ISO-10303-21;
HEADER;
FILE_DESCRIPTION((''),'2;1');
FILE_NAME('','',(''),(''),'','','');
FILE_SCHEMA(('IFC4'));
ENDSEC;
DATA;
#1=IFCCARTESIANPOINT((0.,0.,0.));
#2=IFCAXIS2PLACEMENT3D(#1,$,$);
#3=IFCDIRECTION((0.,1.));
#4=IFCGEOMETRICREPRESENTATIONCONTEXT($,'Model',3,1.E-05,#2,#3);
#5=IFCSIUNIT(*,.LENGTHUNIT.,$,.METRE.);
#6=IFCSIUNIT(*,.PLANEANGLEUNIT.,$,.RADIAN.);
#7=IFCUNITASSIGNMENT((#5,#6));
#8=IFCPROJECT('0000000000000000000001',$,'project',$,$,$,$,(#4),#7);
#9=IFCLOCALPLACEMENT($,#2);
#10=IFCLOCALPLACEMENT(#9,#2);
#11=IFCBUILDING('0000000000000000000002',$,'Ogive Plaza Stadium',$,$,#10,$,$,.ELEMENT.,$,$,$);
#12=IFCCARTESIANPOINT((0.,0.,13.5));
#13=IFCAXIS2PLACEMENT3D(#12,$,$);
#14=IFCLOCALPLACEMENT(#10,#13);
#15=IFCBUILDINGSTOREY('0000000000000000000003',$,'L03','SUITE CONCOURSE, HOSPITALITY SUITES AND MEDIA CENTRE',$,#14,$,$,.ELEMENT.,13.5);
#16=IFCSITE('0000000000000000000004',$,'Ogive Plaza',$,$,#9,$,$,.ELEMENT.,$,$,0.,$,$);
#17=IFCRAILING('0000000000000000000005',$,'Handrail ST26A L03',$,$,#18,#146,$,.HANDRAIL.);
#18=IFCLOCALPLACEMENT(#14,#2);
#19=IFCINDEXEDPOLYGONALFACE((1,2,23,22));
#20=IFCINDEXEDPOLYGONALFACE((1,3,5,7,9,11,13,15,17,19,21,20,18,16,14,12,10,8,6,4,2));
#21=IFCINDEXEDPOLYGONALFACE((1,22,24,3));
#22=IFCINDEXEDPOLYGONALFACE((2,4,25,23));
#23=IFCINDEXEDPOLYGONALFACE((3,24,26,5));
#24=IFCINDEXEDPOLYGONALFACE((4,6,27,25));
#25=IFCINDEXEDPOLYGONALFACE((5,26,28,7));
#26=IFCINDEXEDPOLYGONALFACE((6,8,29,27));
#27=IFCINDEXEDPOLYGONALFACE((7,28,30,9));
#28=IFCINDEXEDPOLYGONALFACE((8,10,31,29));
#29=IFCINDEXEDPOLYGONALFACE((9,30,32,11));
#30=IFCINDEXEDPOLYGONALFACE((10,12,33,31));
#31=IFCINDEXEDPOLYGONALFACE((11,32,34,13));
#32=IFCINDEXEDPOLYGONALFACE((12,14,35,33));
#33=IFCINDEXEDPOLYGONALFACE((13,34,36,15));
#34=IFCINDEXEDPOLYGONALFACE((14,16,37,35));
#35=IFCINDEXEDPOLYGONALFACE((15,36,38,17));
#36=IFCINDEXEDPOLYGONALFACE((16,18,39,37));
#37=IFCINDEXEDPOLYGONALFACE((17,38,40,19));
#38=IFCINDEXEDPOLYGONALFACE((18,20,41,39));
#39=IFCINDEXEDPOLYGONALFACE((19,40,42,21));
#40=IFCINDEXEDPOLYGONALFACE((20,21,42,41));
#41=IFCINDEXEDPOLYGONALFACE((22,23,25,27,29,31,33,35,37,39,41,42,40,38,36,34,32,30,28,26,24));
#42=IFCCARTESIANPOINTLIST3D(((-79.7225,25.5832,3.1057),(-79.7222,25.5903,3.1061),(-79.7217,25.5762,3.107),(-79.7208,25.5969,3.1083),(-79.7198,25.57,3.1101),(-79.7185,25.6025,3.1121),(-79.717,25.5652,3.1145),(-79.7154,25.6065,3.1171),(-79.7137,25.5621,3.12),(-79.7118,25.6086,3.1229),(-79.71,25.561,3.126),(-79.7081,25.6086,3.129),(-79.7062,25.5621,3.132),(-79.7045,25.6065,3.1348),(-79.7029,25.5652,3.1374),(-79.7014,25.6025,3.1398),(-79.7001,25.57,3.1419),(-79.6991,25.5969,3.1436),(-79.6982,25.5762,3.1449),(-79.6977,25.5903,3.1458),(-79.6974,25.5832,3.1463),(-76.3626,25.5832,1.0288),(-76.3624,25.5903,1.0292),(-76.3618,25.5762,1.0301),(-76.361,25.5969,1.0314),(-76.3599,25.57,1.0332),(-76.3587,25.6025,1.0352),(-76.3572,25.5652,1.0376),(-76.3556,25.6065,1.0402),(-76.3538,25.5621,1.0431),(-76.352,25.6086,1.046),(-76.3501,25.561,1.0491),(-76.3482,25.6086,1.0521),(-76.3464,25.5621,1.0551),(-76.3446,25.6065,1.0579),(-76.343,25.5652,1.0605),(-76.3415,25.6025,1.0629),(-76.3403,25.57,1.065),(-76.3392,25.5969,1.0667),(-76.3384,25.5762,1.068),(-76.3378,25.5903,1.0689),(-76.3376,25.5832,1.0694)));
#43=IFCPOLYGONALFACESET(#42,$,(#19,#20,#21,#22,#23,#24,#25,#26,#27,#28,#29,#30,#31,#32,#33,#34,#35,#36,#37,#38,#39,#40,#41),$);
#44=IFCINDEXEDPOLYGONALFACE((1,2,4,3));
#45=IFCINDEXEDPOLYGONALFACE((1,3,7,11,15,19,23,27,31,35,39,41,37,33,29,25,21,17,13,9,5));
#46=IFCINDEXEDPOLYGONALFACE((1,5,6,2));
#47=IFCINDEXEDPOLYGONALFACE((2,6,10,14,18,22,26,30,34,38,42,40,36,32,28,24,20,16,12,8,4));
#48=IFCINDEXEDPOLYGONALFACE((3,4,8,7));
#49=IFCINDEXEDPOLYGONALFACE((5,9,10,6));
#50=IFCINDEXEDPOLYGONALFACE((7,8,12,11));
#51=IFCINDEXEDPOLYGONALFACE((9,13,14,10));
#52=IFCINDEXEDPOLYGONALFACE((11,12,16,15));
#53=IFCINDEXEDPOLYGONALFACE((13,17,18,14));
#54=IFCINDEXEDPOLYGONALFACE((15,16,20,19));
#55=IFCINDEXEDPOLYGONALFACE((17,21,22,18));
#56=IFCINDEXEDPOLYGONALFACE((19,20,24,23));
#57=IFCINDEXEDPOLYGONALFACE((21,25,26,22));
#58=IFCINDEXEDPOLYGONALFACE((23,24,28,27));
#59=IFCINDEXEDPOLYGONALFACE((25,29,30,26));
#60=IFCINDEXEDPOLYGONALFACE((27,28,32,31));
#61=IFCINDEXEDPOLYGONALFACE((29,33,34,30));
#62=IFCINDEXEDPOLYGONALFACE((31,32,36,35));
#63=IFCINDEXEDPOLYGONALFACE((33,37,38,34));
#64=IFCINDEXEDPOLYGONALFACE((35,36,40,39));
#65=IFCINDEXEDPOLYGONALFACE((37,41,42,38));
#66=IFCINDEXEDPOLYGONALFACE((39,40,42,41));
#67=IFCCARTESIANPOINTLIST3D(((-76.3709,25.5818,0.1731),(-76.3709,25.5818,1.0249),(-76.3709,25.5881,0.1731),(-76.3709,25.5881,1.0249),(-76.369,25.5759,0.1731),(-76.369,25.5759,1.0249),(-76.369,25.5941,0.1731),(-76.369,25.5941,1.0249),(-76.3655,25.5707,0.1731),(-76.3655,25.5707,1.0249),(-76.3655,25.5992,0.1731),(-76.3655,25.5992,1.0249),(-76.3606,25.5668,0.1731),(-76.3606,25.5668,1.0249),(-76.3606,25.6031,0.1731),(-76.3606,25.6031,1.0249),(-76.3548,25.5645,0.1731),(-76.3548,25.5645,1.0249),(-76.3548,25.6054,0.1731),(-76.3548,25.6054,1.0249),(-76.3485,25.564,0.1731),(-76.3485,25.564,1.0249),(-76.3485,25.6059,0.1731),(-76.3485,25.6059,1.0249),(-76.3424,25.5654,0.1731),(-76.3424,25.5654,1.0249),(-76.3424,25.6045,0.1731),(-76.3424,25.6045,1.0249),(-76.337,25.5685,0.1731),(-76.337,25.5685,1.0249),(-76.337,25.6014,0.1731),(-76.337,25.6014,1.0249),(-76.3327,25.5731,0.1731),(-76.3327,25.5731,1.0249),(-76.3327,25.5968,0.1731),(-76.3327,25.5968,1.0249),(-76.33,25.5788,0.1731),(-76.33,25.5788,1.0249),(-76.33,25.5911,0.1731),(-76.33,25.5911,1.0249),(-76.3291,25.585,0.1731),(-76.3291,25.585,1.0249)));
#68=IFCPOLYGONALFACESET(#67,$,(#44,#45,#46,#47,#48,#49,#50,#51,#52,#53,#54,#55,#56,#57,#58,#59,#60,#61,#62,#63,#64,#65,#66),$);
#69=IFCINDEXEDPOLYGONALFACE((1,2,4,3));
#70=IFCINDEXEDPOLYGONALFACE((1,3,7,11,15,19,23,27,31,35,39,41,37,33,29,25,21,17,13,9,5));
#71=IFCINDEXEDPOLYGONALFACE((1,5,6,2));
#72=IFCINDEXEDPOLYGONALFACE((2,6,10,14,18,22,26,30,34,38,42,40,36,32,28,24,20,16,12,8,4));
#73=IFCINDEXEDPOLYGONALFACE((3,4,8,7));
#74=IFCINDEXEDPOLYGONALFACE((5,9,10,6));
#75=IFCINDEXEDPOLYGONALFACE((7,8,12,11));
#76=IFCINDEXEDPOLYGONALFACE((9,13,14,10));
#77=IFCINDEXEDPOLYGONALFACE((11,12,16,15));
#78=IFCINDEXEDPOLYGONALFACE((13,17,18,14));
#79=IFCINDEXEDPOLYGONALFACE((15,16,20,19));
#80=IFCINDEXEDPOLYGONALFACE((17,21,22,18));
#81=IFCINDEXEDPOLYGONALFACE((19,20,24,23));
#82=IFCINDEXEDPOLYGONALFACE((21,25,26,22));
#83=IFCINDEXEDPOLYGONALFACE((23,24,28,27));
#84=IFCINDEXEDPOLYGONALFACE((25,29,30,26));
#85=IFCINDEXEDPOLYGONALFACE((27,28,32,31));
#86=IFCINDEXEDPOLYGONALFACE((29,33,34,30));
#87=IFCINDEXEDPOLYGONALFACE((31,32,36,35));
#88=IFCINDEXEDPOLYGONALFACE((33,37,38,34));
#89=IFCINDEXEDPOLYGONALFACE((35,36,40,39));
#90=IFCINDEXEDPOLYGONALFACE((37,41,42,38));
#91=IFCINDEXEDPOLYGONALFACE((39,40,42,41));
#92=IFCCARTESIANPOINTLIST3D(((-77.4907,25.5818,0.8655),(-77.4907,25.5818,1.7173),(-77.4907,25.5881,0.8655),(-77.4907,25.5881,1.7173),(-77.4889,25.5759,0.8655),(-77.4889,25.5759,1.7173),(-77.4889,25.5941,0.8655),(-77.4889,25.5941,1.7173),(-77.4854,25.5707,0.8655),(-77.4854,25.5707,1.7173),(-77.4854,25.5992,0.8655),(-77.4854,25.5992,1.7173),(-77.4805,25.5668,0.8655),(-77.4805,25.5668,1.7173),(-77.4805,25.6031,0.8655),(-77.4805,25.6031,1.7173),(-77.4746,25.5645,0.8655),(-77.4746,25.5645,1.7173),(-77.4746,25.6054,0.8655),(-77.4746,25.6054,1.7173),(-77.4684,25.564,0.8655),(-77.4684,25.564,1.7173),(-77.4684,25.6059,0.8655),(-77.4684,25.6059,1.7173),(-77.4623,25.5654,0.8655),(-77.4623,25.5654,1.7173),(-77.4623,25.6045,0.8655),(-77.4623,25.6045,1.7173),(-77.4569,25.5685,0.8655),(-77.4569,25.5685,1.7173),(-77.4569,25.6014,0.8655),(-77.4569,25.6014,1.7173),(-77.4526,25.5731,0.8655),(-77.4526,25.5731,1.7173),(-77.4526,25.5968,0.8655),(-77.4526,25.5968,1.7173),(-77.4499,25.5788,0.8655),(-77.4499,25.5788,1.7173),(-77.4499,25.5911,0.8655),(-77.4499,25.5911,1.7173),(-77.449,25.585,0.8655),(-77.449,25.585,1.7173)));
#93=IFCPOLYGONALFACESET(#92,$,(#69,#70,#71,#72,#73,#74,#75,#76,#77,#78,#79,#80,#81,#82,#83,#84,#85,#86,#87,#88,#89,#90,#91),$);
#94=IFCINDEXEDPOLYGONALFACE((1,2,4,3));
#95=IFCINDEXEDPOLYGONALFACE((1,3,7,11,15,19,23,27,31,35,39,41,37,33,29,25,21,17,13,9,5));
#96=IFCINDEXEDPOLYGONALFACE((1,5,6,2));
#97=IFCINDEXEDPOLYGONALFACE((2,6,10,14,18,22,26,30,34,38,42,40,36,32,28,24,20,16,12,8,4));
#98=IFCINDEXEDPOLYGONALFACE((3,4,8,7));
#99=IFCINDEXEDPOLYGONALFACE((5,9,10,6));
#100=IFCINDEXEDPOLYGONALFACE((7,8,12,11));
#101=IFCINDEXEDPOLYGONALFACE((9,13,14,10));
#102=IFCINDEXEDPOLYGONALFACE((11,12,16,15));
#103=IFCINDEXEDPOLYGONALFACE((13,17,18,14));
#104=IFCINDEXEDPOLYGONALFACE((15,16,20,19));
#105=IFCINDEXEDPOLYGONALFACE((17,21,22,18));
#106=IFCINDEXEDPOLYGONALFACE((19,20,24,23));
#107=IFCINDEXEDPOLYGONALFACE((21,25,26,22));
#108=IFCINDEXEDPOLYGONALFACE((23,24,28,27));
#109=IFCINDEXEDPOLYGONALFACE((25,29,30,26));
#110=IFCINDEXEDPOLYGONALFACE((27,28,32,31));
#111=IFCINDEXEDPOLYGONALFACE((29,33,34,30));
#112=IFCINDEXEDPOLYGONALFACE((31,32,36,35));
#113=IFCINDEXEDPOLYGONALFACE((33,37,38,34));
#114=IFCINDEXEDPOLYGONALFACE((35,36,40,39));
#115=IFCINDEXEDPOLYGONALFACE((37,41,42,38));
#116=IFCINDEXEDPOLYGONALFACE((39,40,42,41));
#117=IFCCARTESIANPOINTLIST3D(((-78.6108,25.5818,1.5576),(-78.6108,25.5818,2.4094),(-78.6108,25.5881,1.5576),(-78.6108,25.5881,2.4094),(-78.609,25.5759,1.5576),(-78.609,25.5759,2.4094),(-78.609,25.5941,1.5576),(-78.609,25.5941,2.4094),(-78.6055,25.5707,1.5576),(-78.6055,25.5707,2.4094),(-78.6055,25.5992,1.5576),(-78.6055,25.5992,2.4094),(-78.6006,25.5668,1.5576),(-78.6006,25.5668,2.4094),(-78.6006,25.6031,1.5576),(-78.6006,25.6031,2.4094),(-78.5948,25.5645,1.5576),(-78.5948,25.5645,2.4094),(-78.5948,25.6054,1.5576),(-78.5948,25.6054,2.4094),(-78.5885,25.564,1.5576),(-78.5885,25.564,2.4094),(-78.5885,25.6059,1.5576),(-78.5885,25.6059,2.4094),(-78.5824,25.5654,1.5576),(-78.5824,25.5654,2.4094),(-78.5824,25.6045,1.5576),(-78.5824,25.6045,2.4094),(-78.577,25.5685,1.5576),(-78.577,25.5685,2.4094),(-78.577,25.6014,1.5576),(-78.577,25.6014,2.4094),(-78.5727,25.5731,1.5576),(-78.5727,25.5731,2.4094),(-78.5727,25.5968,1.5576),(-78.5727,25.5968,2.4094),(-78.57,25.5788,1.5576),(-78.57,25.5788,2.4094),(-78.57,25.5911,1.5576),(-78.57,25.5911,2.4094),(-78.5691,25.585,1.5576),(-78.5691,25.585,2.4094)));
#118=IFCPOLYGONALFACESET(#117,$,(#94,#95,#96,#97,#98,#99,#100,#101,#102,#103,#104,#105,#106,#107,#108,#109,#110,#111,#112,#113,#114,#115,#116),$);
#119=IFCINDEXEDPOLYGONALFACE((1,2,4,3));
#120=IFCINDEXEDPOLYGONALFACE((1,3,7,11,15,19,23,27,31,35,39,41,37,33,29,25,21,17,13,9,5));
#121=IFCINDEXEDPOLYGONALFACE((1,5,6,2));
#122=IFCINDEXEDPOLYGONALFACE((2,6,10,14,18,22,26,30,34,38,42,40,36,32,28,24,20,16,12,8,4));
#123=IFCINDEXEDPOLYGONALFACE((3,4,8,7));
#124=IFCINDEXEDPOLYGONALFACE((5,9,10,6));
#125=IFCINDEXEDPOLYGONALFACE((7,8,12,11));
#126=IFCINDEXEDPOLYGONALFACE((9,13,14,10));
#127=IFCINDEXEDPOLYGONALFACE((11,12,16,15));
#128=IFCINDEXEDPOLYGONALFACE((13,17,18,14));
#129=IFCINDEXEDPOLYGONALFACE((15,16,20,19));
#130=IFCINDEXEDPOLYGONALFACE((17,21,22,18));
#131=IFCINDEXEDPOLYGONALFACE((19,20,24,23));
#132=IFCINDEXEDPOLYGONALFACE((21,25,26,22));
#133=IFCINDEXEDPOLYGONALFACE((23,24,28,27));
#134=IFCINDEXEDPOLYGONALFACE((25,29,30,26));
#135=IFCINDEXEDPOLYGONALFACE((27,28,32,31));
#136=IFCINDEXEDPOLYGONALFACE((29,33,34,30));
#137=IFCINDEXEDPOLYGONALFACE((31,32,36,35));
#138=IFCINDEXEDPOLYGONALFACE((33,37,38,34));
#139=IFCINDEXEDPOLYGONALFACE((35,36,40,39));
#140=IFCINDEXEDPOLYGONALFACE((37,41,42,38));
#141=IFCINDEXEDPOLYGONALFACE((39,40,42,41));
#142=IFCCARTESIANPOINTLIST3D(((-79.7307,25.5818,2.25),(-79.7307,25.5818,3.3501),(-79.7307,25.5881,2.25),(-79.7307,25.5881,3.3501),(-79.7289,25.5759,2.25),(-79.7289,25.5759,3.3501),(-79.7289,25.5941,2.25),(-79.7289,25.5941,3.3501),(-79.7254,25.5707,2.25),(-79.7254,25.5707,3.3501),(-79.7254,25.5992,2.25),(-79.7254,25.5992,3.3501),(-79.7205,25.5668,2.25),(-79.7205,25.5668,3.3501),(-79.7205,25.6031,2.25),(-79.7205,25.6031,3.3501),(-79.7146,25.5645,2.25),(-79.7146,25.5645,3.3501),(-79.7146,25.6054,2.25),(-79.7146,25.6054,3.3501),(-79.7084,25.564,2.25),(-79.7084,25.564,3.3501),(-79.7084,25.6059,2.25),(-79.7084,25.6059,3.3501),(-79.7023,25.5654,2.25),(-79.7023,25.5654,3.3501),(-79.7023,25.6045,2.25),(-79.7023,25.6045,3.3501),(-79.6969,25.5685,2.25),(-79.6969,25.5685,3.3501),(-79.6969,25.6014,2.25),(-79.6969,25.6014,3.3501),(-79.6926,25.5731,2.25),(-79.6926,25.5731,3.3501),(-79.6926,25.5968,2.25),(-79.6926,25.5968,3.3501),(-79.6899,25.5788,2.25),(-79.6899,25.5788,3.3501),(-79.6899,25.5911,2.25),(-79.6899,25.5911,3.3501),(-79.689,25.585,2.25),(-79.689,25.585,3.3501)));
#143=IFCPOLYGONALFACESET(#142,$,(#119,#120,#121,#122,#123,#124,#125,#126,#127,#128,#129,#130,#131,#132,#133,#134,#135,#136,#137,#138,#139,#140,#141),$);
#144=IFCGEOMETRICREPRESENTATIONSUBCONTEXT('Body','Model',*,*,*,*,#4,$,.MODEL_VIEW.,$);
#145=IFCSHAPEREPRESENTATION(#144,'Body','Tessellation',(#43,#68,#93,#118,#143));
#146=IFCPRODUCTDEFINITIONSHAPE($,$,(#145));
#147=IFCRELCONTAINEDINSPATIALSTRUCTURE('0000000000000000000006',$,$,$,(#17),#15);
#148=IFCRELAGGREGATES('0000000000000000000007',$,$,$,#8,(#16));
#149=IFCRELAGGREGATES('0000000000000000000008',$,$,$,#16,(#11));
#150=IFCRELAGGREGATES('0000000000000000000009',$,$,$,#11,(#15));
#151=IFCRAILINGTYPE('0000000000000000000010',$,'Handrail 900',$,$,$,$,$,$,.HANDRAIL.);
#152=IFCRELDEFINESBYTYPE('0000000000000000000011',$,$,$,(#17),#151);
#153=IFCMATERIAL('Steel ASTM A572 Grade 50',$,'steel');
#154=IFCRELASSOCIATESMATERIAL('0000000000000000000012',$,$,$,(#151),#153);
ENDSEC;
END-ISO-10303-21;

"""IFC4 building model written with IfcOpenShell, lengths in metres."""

from ifc_helpers import new_model, si_unit, direction, frame, origin, origin_2d, place, context, subcontext, project, spatial, circle, extrude, material, type_object, element, save


model = new_model("IFC4")

# Units and contexts
model_context = context("Model", 3, precision=1e-05, world=origin(), true_north=direction((0.0, 1.0)))
body_context = subcontext(model_context, "Body", "Model", "MODEL_VIEW")
ifc_project = project(units=[si_unit("LENGTHUNIT", "METRE"), si_unit("PLANEANGLEUNIT", "RADIAN")], contexts=[model_context])

# Site, building, storey
site_placement = place(None, origin())
site = spatial("IfcSite", under=ifc_project, at=site_placement, Name="Ogive Plaza", CompositionType="ELEMENT", RefElevation=0.0)
building_placement = place(site_placement, origin())
building = spatial("IfcBuilding", under=site, at=building_placement, Name="Ogive Plaza Stadium", CompositionType="ELEMENT")
storey_placement = place(building_placement, frame((0.0, 0.0, 13.5)))
storey = spatial("IfcBuildingStorey", under=building, at=storey_placement, Name="L03", Description="SUITE CONCOURSE, HOSPITALITY SUITES AND MEDIA CENTRE", CompositionType="ELEMENT", Elevation=13.5)

# Railing
ifc_material_1 = material(Name="Steel ASTM A572 Grade 50", Category="steel")
railing_type_1 = type_object("IfcRailingType", Name="Handrail 900", PredefinedType="HANDRAIL", material=ifc_material_1)
for number, where, name in (
    (1, (-76.3501, 25.585, 0.1731), "Handrail ST26A L03"),
):
    element("IfcRailing", number, at=place(storey_placement, frame(where)), inside=storey, type_object=railing_type_1, Name=name, PredefinedType="HANDRAIL", context=body_context, shape_type="SweptSolid", body=[
        extrude(circle(Radius=0.0239, at=origin_2d()), frame((0.0, 0.0, 0.876), z_axis=(-0.850606, 0.0, 0.525803), x_axis=(0.0, -1.0, 0.0)), (0.0, 0.0, 1.0), 3.95),
        extrude(circle(Radius=0.021, at=origin_2d()), origin(), (0.0, 0.0, 1.0), 0.8518),
        extrude(circle(Radius=0.021, at=origin_2d()), frame((-1.1199, 0.0, 0.6924)), (0.0, 0.0, 1.0), 0.8518),
        extrude(circle(Radius=0.021, at=origin_2d()), frame((-2.24, 0.0, 1.3845)), (0.0, 0.0, 1.0), 0.8518),
        extrude(circle(Radius=0.021, at=origin_2d()), frame((-3.3599, 0.0, 2.0769)), (0.0, 0.0, 1.0), 1.1001),
    ])

save(model, "model.ifc")
